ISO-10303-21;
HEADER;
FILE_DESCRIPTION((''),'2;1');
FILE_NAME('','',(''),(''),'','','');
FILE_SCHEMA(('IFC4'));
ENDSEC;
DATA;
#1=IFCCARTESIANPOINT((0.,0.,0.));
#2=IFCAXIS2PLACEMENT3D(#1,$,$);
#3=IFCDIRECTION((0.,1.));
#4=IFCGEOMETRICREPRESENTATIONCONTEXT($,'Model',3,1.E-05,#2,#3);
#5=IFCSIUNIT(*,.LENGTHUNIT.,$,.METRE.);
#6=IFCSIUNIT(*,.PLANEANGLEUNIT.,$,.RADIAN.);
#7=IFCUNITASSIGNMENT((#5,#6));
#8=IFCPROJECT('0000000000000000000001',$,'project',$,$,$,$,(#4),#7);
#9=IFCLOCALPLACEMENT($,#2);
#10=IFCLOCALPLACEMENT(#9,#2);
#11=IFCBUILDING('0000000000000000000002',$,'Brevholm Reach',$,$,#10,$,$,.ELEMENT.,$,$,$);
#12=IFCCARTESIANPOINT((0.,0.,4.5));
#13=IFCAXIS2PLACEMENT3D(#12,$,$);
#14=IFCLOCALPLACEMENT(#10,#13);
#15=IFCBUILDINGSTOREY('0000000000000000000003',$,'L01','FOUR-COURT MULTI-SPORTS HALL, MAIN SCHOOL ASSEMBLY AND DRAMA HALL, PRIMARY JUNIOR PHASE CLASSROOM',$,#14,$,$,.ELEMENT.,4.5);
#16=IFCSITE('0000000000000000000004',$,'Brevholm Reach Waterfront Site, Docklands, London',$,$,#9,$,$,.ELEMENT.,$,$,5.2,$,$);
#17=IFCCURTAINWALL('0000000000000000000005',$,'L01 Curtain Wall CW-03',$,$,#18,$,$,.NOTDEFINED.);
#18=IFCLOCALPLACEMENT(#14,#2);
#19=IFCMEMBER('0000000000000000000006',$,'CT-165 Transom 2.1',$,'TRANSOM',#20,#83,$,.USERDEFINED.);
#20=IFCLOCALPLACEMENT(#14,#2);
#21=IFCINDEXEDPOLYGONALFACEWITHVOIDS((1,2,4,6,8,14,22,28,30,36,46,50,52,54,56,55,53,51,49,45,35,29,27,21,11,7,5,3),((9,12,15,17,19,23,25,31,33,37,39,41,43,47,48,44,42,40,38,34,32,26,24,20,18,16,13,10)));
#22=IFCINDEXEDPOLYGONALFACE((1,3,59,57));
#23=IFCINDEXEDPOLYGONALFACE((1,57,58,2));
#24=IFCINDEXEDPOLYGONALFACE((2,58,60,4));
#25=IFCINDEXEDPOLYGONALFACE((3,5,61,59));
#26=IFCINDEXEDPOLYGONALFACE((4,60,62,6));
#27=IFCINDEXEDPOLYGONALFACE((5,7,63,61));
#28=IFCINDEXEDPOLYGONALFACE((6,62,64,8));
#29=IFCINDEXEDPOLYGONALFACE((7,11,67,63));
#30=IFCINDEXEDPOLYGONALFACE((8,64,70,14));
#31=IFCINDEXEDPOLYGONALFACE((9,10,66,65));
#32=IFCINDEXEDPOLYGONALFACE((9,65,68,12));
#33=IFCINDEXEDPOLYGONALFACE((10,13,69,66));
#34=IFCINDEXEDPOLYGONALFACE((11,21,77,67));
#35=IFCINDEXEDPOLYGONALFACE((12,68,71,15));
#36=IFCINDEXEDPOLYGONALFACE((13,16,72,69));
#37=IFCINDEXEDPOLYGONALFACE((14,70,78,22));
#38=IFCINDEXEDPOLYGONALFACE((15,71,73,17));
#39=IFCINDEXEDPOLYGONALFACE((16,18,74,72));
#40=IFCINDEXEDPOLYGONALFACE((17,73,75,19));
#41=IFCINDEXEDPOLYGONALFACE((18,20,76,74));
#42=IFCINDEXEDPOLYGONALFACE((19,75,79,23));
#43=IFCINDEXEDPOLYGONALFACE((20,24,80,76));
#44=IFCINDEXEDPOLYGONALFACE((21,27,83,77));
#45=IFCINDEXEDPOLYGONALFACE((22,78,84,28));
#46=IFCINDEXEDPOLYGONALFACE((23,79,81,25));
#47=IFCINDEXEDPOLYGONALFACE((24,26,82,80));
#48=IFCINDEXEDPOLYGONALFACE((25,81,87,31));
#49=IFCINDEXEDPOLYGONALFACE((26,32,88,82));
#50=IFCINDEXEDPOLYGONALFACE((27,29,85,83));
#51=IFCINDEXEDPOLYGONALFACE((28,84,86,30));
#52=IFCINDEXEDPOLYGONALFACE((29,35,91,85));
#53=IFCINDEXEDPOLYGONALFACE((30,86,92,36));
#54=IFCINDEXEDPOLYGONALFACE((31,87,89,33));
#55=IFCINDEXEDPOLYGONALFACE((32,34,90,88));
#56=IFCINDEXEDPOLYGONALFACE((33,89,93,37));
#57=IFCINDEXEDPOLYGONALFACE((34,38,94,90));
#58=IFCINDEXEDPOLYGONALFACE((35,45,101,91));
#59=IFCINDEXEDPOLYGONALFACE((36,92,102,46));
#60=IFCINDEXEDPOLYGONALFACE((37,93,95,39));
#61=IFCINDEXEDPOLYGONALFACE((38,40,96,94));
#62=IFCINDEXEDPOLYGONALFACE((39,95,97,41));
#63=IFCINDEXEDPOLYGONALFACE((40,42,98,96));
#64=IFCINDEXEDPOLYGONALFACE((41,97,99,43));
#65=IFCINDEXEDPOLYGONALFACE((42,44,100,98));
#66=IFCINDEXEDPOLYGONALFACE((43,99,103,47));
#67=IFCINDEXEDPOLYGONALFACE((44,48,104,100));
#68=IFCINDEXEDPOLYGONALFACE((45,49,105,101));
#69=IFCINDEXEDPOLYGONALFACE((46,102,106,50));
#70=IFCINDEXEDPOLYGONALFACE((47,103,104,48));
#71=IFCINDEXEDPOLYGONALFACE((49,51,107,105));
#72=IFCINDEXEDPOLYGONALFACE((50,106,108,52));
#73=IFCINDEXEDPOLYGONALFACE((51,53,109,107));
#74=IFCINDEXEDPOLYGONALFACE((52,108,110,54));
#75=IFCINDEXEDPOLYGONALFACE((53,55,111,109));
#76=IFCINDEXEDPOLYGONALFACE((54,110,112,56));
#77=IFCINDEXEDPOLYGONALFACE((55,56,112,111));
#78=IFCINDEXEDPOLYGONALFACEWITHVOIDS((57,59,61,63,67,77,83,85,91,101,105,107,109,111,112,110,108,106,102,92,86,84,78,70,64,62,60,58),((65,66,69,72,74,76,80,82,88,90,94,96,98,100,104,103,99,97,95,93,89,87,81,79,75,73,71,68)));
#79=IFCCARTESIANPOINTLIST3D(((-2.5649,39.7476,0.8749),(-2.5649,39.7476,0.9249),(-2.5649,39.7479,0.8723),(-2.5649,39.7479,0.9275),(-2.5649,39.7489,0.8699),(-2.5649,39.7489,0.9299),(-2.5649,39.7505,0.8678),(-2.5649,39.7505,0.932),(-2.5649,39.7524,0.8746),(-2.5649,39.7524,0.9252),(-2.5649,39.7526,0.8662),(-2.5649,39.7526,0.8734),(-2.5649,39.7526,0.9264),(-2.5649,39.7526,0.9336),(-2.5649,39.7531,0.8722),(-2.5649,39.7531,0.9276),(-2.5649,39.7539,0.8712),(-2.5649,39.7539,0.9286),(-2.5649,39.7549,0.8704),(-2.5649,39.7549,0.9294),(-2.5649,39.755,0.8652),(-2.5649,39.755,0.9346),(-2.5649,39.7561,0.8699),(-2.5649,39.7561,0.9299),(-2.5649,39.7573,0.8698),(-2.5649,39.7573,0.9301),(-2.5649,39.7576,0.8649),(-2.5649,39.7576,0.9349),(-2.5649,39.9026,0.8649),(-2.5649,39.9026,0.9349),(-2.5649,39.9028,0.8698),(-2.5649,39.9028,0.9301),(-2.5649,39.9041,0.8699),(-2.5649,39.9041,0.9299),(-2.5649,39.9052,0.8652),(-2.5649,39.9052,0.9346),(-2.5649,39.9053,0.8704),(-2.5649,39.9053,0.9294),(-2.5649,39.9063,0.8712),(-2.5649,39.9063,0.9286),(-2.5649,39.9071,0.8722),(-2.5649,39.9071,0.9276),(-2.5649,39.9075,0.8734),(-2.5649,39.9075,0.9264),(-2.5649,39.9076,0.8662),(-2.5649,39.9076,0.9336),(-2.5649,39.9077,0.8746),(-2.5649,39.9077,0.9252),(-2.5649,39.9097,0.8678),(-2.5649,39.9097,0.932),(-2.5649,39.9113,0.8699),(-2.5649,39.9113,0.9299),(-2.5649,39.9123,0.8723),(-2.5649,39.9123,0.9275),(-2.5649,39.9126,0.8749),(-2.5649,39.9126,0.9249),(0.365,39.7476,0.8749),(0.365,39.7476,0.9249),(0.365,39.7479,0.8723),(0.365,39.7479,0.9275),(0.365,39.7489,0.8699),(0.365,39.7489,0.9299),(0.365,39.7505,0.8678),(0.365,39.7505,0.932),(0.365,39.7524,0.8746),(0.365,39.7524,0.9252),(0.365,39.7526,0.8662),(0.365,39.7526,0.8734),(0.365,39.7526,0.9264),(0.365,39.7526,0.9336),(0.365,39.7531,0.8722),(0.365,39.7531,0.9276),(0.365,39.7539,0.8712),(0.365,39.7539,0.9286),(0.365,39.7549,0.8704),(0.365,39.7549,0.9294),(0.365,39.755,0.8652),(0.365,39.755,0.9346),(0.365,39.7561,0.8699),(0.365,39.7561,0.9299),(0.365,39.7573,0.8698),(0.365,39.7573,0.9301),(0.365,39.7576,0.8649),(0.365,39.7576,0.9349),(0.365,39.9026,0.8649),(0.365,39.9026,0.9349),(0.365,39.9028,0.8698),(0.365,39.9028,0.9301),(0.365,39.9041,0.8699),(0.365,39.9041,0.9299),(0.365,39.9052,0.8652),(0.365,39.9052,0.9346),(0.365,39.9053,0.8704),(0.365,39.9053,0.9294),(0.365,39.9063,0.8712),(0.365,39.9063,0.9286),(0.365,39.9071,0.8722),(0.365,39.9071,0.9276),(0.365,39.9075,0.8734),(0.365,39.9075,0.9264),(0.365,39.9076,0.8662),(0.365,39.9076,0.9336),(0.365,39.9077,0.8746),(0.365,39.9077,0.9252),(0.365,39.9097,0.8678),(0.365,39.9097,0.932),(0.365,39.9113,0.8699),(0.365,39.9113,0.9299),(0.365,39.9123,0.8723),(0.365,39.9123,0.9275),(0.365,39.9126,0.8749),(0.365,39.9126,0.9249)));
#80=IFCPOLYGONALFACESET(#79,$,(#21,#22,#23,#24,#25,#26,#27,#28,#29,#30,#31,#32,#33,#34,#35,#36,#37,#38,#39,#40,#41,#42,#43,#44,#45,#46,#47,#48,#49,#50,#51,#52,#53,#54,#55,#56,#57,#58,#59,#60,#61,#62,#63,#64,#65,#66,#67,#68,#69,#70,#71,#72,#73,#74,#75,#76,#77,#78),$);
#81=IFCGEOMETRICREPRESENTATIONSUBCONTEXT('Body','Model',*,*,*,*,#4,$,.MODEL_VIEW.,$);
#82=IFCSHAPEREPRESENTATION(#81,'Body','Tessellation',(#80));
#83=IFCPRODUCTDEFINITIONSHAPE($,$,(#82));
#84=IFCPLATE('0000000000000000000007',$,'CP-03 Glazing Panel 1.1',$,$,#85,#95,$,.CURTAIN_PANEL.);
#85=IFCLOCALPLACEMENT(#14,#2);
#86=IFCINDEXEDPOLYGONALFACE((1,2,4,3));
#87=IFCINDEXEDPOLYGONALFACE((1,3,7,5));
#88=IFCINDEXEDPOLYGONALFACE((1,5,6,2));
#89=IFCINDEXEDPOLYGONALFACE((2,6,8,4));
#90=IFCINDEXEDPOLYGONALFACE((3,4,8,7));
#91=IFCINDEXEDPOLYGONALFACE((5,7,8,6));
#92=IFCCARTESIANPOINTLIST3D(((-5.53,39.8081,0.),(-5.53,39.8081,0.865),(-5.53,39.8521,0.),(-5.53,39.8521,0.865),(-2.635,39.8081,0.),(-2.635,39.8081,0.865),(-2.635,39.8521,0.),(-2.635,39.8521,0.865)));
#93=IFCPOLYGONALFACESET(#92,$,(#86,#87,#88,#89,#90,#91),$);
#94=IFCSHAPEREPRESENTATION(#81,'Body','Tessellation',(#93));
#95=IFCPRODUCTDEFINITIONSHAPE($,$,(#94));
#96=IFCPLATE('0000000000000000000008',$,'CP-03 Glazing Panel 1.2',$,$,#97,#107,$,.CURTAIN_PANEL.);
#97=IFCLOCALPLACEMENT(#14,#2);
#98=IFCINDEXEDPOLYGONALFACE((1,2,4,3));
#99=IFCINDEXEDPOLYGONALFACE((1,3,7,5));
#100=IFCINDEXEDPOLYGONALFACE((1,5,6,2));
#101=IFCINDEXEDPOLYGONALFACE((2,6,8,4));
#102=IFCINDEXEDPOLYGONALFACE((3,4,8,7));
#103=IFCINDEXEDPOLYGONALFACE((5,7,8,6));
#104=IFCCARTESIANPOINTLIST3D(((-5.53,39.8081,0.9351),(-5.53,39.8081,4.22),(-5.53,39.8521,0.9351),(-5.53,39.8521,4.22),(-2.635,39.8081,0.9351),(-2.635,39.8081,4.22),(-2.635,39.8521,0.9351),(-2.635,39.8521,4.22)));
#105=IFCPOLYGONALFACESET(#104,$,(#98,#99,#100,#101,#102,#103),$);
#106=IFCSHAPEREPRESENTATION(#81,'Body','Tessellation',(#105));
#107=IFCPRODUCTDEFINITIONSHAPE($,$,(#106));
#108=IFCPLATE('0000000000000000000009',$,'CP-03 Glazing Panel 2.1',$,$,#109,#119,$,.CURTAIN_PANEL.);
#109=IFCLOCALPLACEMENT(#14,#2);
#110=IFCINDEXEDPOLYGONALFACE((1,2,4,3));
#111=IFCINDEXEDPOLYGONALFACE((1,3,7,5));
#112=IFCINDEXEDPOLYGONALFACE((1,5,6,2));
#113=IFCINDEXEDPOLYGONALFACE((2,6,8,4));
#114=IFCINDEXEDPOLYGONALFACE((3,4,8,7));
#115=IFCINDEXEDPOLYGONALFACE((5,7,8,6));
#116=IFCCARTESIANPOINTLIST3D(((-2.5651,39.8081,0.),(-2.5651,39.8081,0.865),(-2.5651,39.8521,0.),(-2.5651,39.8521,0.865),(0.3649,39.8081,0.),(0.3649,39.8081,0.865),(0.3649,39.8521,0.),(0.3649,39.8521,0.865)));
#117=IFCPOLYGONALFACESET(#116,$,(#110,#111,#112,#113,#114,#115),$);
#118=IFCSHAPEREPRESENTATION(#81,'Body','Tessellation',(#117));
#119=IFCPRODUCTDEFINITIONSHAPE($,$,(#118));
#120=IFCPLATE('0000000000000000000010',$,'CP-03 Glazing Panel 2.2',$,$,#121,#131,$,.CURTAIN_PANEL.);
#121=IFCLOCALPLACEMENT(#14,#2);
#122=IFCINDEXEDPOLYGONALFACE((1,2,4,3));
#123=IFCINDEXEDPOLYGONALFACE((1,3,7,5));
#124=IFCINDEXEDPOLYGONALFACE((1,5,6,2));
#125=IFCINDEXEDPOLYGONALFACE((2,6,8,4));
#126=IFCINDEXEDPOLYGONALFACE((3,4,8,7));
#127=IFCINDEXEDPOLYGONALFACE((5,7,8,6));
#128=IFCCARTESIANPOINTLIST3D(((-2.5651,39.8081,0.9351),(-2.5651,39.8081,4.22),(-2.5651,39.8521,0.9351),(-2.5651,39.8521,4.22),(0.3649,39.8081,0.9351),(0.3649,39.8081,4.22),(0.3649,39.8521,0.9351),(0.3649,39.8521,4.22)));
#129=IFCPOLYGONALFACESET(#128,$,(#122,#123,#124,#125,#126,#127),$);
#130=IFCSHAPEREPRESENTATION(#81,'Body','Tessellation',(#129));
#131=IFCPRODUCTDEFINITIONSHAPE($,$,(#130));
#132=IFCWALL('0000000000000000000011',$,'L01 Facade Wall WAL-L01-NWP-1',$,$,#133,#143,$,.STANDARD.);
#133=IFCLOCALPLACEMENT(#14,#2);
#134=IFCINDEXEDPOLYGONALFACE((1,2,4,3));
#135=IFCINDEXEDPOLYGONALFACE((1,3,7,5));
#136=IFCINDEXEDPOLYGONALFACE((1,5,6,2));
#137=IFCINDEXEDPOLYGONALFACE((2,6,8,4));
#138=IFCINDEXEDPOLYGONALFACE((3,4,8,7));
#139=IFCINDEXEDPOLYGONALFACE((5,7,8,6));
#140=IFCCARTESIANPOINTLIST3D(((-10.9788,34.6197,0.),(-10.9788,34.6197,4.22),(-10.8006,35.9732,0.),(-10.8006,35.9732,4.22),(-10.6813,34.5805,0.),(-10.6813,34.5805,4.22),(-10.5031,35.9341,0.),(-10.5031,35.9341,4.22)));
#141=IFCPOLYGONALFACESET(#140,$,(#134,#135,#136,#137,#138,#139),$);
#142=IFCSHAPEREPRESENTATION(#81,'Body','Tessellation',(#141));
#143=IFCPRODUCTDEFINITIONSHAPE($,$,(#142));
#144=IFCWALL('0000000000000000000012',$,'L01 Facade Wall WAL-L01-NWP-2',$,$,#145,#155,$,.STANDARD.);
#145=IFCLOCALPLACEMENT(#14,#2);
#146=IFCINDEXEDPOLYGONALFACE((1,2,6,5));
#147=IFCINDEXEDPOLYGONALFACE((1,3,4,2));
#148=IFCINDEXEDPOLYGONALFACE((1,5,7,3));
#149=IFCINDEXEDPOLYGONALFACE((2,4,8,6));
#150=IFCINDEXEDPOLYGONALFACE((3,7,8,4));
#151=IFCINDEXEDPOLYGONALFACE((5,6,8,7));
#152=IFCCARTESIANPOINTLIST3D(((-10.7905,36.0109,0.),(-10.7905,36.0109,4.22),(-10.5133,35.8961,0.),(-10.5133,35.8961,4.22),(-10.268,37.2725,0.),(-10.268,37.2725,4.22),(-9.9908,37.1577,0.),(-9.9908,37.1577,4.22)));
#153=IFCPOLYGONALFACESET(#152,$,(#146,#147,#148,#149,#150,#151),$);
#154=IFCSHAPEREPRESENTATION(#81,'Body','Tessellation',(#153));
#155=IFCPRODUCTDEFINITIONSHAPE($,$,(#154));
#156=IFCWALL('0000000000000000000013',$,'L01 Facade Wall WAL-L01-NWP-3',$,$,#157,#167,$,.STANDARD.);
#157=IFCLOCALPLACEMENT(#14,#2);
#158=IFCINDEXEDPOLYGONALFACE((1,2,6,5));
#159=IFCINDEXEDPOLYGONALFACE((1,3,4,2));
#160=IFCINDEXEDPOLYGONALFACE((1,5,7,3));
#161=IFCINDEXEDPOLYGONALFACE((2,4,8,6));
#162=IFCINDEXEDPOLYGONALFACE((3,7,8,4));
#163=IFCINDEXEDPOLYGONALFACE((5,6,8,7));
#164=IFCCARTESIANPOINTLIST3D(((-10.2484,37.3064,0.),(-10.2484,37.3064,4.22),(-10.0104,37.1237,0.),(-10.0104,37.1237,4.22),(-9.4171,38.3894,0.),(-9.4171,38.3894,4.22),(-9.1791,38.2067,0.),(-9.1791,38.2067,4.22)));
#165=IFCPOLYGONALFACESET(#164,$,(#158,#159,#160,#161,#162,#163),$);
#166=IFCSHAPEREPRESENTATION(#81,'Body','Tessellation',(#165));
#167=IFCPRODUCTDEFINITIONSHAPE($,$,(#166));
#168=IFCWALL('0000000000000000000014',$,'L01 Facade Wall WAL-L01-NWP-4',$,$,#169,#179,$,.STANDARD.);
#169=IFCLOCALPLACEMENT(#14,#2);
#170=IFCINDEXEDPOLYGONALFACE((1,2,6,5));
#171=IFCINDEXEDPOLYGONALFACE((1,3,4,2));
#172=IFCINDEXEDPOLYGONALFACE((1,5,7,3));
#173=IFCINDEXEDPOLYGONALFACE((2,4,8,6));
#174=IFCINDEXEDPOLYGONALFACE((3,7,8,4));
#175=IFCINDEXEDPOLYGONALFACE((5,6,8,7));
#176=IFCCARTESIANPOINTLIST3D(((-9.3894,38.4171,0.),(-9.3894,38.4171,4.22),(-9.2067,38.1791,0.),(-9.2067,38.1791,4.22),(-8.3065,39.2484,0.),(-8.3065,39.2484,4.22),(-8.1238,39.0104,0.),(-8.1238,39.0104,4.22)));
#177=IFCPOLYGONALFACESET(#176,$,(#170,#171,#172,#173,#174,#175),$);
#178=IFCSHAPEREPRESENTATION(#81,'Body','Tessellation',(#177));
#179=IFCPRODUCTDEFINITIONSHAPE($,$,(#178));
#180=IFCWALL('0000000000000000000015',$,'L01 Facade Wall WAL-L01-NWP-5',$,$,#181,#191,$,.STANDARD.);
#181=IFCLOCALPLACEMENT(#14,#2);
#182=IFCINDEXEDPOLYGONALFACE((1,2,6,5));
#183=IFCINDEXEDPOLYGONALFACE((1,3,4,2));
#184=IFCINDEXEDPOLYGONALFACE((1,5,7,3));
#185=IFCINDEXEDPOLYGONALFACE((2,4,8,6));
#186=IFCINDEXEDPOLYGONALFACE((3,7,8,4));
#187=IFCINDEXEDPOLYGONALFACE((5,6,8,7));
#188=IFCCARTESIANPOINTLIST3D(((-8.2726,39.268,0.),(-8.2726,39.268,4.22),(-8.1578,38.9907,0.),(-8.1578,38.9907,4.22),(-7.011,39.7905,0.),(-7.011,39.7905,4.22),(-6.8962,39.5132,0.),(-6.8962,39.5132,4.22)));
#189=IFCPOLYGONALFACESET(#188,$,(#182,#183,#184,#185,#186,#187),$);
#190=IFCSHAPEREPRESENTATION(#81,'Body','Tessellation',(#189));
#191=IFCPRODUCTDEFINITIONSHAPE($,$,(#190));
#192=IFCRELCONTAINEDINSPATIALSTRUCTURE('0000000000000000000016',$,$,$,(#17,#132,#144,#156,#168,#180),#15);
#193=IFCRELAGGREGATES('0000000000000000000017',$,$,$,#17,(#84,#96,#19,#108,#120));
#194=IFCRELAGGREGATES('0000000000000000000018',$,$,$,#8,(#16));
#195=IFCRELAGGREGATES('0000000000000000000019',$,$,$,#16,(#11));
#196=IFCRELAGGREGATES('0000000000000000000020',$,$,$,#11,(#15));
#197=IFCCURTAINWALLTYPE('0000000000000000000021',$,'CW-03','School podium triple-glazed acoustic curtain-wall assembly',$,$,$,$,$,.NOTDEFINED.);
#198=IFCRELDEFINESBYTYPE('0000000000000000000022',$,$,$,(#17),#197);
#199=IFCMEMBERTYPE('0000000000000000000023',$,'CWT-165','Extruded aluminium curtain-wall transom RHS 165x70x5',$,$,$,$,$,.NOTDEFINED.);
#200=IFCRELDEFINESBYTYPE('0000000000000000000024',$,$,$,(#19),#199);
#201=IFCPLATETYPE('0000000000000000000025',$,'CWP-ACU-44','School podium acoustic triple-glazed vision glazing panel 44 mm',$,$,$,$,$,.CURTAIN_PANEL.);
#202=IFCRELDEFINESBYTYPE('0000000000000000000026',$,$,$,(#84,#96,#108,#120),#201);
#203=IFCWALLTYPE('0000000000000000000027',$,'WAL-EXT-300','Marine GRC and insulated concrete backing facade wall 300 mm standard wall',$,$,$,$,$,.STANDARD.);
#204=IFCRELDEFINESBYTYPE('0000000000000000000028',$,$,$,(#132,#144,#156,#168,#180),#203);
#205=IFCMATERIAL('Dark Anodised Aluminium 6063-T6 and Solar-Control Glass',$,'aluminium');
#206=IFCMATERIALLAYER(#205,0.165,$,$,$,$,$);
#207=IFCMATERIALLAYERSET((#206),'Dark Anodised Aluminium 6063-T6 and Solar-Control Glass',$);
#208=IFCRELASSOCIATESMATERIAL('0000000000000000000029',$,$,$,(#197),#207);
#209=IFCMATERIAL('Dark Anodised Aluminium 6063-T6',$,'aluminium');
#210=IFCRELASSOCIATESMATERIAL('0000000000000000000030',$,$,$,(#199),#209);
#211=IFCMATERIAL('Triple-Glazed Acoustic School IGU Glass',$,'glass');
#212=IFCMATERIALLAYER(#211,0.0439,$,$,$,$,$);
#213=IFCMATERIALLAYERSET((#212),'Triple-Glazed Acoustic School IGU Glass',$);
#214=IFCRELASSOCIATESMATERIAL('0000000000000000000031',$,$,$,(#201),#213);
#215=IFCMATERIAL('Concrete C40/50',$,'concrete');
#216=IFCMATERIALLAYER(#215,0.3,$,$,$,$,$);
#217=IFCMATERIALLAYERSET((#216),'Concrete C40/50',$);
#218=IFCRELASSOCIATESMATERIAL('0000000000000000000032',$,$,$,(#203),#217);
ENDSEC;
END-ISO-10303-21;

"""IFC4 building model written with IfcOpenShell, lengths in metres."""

from ifc_helpers import new_model, si_unit, direction, frame, frame_2d, origin, origin_2d, place, context, subcontext, project, spatial, rectangle, hollow_rectangle, extrude, material, layer, layer_set, material_profile, profile_set, type_object, element, aggregate, save


model = new_model("IFC4")

# Units and contexts
model_context = context("Model", 3, precision=1e-05, world=origin(), true_north=direction((0.0, 1.0)))
body_context = subcontext(model_context, "Body", "Model", "MODEL_VIEW")
ifc_project = project(units=[si_unit("LENGTHUNIT", "METRE"), si_unit("PLANEANGLEUNIT", "RADIAN")], contexts=[model_context])

# Site, building, storey
site_placement = place(None, origin())
site = spatial("IfcSite", under=ifc_project, at=site_placement, Name="Brevholm Reach Waterfront Site, Docklands, London", CompositionType="ELEMENT", RefElevation=5.2)
building_placement = place(site_placement, origin())
building = spatial("IfcBuilding", under=site, at=building_placement, Name="Brevholm Reach", CompositionType="ELEMENT")
storey_placement = place(building_placement, frame((0.0, 0.0, 4.5)))
storey = spatial("IfcBuildingStorey", under=building, at=storey_placement, Name="L01", Description="FOUR-COURT MULTI-SPORTS HALL, MAIN SCHOOL ASSEMBLY AND DRAMA HALL, PRIMARY JUNIOR PHASE CLASSROOM", CompositionType="ELEMENT", Elevation=4.5)

# Curtain wall, member, plates
ifc_material_1 = material(Name="Dark Anodised Aluminium 6063-T6 and Solar-Control Glass", Category="aluminium")
ifc_layer_1 = layer(ifc_material_1, 0.165)
ifc_layer_set_1 = layer_set([ifc_layer_1], Name="Dark Anodised Aluminium 6063-T6 and Solar-Control Glass")
curtain_wall_type = type_object("IfcCurtainWallType", Name="CW-03", Description="School podium triple-glazed acoustic curtain-wall assembly", PredefinedType="NOTDEFINED", material=ifc_layer_set_1)
curtain_wall_placement = place(storey_placement, origin())
curtain_wall = element("IfcCurtainWall", 1, at=curtain_wall_placement, inside=storey, type_object=curtain_wall_type, Name="L01 Curtain Wall CW-03", PredefinedType="NOTDEFINED")
ifc_material_2 = material(Name="Dark Anodised Aluminium 6063-T6", Category="aluminium")
ifc_material_profile_1 = material_profile(ifc_material_2, hollow_rectangle(XDim=0.0701, YDim=0.165, WallThickness=0.0049, InnerFilletRadius=0.0049, OuterFilletRadius=0.01, at=origin_2d()), Name="RHS 165x70x5")
ifc_profile_set_1 = profile_set([ifc_material_profile_1], Name="Dark Anodised Aluminium 6063-T6")
member_type_1 = type_object("IfcMemberType", Name="CWT-165", Description="Extruded aluminium curtain-wall transom RHS 165x70x5", PredefinedType="NOTDEFINED", material=ifc_profile_set_1)
member_1_placement = place(storey_placement, frame((-2.5649, 39.8301, 0.8999), z_axis=(1.0, 0.0, 0.0), x_axis=(0.0, 0.0, 1.0)))
member_1 = element("IfcMember", 2, at=member_1_placement, type_object=member_type_1, Name="CT-165 Transom 2.1", ObjectType="TRANSOM", PredefinedType="USERDEFINED", context=body_context, shape_type="SweptSolid", body=[
    extrude(hollow_rectangle(XDim=0.0701, YDim=0.165, WallThickness=0.0049, InnerFilletRadius=0.0049, OuterFilletRadius=0.01, at=origin_2d()), origin(), (0.0, 0.0, 1.0), 2.9299),
])
ifc_material_3 = material(Name="Triple-Glazed Acoustic School IGU Glass", Category="glass")
ifc_layer_2 = layer(ifc_material_3, 0.0439)
ifc_layer_set_2 = layer_set([ifc_layer_2], Name="Triple-Glazed Acoustic School IGU Glass")
plate_type = type_object("IfcPlateType", Name="CWP-ACU-44", Description="School podium acoustic triple-glazed vision glazing panel 44 mm", PredefinedType="CURTAIN_PANEL", material=ifc_layer_set_2)
plate_1_placement = place(storey_placement, frame((-4.0825, 39.8301, 0.0), z_axis=(0.0, 0.0, 1.0), x_axis=(1.0, 0.0, 0.0)))
plate_1 = element("IfcPlate", 3, at=plate_1_placement, type_object=plate_type, Name="CP-03 Glazing Panel 1.1", PredefinedType="CURTAIN_PANEL", context=body_context, shape_type="SweptSolid", body=[
    extrude(rectangle(XDim=2.895, YDim=0.0439, at=origin_2d()), origin(), (0.0, 0.0, 1.0), 0.865),
])
plate_2_placement = place(storey_placement, frame((-4.0825, 39.8301, 0.9351), z_axis=(0.0, 0.0, 1.0), x_axis=(1.0, 0.0, 0.0)))
plate_2 = element("IfcPlate", 4, at=plate_2_placement, type_object=plate_type, Name="CP-03 Glazing Panel 1.2", PredefinedType="CURTAIN_PANEL", context=body_context, shape_type="SweptSolid", body=[
    extrude(rectangle(XDim=2.895, YDim=0.0439, at=origin_2d()), origin(), (0.0, 0.0, 1.0), 3.2849),
])
plate_3_placement = place(storey_placement, frame((-1.1001, 39.8301, 0.0), z_axis=(0.0, 0.0, 1.0), x_axis=(1.0, 0.0, 0.0)))
plate_3 = element("IfcPlate", 5, at=plate_3_placement, type_object=plate_type, Name="CP-03 Glazing Panel 2.1", PredefinedType="CURTAIN_PANEL", context=body_context, shape_type="SweptSolid", body=[
    extrude(rectangle(XDim=2.9299, YDim=0.0439, at=origin_2d()), origin(), (0.0, 0.0, 1.0), 0.865),
])
plate_4_placement = place(storey_placement, frame((-1.1001, 39.8301, 0.9351), z_axis=(0.0, 0.0, 1.0), x_axis=(1.0, 0.0, 0.0)))
plate_4 = element("IfcPlate", 6, at=plate_4_placement, type_object=plate_type, Name="CP-03 Glazing Panel 2.2", PredefinedType="CURTAIN_PANEL", context=body_context, shape_type="SweptSolid", body=[
    extrude(rectangle(XDim=2.9299, YDim=0.0439, at=origin_2d()), origin(), (0.0, 0.0, 1.0), 3.2849),
])
aggregate(curtain_wall, [plate_1, plate_2, member_1, plate_3, plate_4])

# Walls
ifc_material_4 = material(Name="Concrete C40/50", Category="concrete")
ifc_layer_3 = layer(ifc_material_4, 0.3)
ifc_layer_set_3 = layer_set([ifc_layer_3], Name="Concrete C40/50")
wall_type_1 = type_object("IfcWallType", Name="WAL-EXT-300", Description="Marine GRC and insulated concrete backing facade wall 300 mm standard wall", PredefinedType="STANDARD", material=ifc_layer_set_3)
wall_1_placement = place(storey_placement, frame((-10.8301, 34.6001, 0.0), z_axis=(0.0, 0.0, 1.0), x_axis=(0.130547, 0.991442, 0.0)))
element("IfcWall", 7, at=wall_1_placement, inside=storey, type_object=wall_type_1, Name="L01 Facade Wall WAL-L01-NWP-1", PredefinedType="STANDARD", context=body_context, shape_type="SweptSolid", body=[
    extrude(rectangle(XDim=1.3652, YDim=0.3, at=frame_2d((0.6826, 0.0))), origin(), (0.0, 0.0, 1.0), 4.22),
])
wall_2_placement = place(storey_placement, frame((-10.6519, 35.9536, 0.0), z_axis=(0.0, 0.0, 1.0), x_axis=(0.382647, 0.923895, 0.0)))
element("IfcWall", 8, at=wall_2_placement, inside=storey, type_object=wall_type_1, Name="L01 Facade Wall WAL-L01-NWP-2", PredefinedType="STANDARD", context=body_context, shape_type="SweptSolid", body=[
    extrude(rectangle(XDim=1.3655, YDim=0.3, at=frame_2d((0.6826, 0.0))), origin(), (0.0, 0.0, 1.0), 4.22),
])
for number, where, z_axis, x_axis, name in (
    (9, (-10.1294, 37.2151, 0.0), (0.0, 0.0, 1.0), (0.608889, 0.793255, 0.0), "L01 Facade Wall WAL-L01-NWP-3"),
    (10, (-9.2981, 38.2981, 0.0), (0.0, 0.0, 1.0), (0.793255, 0.608889, 0.0), "L01 Facade Wall WAL-L01-NWP-4"),
):
    element("IfcWall", number, at=place(storey_placement, frame(where, z_axis=z_axis, x_axis=x_axis)), inside=storey, type_object=wall_type_1, Name=name, PredefinedType="STANDARD", context=body_context, shape_type="SweptSolid", body=[
        extrude(rectangle(XDim=1.3652, YDim=0.3, at=frame_2d((0.6826, 0.0))), origin(), (0.0, 0.0, 1.0), 4.22),
    ])
wall_3_placement = place(storey_placement, frame((-8.2151, 39.1294, 0.0), z_axis=(0.0, 0.0, 1.0), x_axis=(0.923895, 0.382647, 0.0)))
element("IfcWall", 11, at=wall_3_placement, inside=storey, type_object=wall_type_1, Name="L01 Facade Wall WAL-L01-NWP-5", PredefinedType="STANDARD", context=body_context, shape_type="SweptSolid", body=[
    extrude(rectangle(XDim=1.3655, YDim=0.3, at=frame_2d((0.6826, 0.0))), origin(), (0.0, 0.0, 1.0), 4.22),
])

save(model, "model.ifc")
